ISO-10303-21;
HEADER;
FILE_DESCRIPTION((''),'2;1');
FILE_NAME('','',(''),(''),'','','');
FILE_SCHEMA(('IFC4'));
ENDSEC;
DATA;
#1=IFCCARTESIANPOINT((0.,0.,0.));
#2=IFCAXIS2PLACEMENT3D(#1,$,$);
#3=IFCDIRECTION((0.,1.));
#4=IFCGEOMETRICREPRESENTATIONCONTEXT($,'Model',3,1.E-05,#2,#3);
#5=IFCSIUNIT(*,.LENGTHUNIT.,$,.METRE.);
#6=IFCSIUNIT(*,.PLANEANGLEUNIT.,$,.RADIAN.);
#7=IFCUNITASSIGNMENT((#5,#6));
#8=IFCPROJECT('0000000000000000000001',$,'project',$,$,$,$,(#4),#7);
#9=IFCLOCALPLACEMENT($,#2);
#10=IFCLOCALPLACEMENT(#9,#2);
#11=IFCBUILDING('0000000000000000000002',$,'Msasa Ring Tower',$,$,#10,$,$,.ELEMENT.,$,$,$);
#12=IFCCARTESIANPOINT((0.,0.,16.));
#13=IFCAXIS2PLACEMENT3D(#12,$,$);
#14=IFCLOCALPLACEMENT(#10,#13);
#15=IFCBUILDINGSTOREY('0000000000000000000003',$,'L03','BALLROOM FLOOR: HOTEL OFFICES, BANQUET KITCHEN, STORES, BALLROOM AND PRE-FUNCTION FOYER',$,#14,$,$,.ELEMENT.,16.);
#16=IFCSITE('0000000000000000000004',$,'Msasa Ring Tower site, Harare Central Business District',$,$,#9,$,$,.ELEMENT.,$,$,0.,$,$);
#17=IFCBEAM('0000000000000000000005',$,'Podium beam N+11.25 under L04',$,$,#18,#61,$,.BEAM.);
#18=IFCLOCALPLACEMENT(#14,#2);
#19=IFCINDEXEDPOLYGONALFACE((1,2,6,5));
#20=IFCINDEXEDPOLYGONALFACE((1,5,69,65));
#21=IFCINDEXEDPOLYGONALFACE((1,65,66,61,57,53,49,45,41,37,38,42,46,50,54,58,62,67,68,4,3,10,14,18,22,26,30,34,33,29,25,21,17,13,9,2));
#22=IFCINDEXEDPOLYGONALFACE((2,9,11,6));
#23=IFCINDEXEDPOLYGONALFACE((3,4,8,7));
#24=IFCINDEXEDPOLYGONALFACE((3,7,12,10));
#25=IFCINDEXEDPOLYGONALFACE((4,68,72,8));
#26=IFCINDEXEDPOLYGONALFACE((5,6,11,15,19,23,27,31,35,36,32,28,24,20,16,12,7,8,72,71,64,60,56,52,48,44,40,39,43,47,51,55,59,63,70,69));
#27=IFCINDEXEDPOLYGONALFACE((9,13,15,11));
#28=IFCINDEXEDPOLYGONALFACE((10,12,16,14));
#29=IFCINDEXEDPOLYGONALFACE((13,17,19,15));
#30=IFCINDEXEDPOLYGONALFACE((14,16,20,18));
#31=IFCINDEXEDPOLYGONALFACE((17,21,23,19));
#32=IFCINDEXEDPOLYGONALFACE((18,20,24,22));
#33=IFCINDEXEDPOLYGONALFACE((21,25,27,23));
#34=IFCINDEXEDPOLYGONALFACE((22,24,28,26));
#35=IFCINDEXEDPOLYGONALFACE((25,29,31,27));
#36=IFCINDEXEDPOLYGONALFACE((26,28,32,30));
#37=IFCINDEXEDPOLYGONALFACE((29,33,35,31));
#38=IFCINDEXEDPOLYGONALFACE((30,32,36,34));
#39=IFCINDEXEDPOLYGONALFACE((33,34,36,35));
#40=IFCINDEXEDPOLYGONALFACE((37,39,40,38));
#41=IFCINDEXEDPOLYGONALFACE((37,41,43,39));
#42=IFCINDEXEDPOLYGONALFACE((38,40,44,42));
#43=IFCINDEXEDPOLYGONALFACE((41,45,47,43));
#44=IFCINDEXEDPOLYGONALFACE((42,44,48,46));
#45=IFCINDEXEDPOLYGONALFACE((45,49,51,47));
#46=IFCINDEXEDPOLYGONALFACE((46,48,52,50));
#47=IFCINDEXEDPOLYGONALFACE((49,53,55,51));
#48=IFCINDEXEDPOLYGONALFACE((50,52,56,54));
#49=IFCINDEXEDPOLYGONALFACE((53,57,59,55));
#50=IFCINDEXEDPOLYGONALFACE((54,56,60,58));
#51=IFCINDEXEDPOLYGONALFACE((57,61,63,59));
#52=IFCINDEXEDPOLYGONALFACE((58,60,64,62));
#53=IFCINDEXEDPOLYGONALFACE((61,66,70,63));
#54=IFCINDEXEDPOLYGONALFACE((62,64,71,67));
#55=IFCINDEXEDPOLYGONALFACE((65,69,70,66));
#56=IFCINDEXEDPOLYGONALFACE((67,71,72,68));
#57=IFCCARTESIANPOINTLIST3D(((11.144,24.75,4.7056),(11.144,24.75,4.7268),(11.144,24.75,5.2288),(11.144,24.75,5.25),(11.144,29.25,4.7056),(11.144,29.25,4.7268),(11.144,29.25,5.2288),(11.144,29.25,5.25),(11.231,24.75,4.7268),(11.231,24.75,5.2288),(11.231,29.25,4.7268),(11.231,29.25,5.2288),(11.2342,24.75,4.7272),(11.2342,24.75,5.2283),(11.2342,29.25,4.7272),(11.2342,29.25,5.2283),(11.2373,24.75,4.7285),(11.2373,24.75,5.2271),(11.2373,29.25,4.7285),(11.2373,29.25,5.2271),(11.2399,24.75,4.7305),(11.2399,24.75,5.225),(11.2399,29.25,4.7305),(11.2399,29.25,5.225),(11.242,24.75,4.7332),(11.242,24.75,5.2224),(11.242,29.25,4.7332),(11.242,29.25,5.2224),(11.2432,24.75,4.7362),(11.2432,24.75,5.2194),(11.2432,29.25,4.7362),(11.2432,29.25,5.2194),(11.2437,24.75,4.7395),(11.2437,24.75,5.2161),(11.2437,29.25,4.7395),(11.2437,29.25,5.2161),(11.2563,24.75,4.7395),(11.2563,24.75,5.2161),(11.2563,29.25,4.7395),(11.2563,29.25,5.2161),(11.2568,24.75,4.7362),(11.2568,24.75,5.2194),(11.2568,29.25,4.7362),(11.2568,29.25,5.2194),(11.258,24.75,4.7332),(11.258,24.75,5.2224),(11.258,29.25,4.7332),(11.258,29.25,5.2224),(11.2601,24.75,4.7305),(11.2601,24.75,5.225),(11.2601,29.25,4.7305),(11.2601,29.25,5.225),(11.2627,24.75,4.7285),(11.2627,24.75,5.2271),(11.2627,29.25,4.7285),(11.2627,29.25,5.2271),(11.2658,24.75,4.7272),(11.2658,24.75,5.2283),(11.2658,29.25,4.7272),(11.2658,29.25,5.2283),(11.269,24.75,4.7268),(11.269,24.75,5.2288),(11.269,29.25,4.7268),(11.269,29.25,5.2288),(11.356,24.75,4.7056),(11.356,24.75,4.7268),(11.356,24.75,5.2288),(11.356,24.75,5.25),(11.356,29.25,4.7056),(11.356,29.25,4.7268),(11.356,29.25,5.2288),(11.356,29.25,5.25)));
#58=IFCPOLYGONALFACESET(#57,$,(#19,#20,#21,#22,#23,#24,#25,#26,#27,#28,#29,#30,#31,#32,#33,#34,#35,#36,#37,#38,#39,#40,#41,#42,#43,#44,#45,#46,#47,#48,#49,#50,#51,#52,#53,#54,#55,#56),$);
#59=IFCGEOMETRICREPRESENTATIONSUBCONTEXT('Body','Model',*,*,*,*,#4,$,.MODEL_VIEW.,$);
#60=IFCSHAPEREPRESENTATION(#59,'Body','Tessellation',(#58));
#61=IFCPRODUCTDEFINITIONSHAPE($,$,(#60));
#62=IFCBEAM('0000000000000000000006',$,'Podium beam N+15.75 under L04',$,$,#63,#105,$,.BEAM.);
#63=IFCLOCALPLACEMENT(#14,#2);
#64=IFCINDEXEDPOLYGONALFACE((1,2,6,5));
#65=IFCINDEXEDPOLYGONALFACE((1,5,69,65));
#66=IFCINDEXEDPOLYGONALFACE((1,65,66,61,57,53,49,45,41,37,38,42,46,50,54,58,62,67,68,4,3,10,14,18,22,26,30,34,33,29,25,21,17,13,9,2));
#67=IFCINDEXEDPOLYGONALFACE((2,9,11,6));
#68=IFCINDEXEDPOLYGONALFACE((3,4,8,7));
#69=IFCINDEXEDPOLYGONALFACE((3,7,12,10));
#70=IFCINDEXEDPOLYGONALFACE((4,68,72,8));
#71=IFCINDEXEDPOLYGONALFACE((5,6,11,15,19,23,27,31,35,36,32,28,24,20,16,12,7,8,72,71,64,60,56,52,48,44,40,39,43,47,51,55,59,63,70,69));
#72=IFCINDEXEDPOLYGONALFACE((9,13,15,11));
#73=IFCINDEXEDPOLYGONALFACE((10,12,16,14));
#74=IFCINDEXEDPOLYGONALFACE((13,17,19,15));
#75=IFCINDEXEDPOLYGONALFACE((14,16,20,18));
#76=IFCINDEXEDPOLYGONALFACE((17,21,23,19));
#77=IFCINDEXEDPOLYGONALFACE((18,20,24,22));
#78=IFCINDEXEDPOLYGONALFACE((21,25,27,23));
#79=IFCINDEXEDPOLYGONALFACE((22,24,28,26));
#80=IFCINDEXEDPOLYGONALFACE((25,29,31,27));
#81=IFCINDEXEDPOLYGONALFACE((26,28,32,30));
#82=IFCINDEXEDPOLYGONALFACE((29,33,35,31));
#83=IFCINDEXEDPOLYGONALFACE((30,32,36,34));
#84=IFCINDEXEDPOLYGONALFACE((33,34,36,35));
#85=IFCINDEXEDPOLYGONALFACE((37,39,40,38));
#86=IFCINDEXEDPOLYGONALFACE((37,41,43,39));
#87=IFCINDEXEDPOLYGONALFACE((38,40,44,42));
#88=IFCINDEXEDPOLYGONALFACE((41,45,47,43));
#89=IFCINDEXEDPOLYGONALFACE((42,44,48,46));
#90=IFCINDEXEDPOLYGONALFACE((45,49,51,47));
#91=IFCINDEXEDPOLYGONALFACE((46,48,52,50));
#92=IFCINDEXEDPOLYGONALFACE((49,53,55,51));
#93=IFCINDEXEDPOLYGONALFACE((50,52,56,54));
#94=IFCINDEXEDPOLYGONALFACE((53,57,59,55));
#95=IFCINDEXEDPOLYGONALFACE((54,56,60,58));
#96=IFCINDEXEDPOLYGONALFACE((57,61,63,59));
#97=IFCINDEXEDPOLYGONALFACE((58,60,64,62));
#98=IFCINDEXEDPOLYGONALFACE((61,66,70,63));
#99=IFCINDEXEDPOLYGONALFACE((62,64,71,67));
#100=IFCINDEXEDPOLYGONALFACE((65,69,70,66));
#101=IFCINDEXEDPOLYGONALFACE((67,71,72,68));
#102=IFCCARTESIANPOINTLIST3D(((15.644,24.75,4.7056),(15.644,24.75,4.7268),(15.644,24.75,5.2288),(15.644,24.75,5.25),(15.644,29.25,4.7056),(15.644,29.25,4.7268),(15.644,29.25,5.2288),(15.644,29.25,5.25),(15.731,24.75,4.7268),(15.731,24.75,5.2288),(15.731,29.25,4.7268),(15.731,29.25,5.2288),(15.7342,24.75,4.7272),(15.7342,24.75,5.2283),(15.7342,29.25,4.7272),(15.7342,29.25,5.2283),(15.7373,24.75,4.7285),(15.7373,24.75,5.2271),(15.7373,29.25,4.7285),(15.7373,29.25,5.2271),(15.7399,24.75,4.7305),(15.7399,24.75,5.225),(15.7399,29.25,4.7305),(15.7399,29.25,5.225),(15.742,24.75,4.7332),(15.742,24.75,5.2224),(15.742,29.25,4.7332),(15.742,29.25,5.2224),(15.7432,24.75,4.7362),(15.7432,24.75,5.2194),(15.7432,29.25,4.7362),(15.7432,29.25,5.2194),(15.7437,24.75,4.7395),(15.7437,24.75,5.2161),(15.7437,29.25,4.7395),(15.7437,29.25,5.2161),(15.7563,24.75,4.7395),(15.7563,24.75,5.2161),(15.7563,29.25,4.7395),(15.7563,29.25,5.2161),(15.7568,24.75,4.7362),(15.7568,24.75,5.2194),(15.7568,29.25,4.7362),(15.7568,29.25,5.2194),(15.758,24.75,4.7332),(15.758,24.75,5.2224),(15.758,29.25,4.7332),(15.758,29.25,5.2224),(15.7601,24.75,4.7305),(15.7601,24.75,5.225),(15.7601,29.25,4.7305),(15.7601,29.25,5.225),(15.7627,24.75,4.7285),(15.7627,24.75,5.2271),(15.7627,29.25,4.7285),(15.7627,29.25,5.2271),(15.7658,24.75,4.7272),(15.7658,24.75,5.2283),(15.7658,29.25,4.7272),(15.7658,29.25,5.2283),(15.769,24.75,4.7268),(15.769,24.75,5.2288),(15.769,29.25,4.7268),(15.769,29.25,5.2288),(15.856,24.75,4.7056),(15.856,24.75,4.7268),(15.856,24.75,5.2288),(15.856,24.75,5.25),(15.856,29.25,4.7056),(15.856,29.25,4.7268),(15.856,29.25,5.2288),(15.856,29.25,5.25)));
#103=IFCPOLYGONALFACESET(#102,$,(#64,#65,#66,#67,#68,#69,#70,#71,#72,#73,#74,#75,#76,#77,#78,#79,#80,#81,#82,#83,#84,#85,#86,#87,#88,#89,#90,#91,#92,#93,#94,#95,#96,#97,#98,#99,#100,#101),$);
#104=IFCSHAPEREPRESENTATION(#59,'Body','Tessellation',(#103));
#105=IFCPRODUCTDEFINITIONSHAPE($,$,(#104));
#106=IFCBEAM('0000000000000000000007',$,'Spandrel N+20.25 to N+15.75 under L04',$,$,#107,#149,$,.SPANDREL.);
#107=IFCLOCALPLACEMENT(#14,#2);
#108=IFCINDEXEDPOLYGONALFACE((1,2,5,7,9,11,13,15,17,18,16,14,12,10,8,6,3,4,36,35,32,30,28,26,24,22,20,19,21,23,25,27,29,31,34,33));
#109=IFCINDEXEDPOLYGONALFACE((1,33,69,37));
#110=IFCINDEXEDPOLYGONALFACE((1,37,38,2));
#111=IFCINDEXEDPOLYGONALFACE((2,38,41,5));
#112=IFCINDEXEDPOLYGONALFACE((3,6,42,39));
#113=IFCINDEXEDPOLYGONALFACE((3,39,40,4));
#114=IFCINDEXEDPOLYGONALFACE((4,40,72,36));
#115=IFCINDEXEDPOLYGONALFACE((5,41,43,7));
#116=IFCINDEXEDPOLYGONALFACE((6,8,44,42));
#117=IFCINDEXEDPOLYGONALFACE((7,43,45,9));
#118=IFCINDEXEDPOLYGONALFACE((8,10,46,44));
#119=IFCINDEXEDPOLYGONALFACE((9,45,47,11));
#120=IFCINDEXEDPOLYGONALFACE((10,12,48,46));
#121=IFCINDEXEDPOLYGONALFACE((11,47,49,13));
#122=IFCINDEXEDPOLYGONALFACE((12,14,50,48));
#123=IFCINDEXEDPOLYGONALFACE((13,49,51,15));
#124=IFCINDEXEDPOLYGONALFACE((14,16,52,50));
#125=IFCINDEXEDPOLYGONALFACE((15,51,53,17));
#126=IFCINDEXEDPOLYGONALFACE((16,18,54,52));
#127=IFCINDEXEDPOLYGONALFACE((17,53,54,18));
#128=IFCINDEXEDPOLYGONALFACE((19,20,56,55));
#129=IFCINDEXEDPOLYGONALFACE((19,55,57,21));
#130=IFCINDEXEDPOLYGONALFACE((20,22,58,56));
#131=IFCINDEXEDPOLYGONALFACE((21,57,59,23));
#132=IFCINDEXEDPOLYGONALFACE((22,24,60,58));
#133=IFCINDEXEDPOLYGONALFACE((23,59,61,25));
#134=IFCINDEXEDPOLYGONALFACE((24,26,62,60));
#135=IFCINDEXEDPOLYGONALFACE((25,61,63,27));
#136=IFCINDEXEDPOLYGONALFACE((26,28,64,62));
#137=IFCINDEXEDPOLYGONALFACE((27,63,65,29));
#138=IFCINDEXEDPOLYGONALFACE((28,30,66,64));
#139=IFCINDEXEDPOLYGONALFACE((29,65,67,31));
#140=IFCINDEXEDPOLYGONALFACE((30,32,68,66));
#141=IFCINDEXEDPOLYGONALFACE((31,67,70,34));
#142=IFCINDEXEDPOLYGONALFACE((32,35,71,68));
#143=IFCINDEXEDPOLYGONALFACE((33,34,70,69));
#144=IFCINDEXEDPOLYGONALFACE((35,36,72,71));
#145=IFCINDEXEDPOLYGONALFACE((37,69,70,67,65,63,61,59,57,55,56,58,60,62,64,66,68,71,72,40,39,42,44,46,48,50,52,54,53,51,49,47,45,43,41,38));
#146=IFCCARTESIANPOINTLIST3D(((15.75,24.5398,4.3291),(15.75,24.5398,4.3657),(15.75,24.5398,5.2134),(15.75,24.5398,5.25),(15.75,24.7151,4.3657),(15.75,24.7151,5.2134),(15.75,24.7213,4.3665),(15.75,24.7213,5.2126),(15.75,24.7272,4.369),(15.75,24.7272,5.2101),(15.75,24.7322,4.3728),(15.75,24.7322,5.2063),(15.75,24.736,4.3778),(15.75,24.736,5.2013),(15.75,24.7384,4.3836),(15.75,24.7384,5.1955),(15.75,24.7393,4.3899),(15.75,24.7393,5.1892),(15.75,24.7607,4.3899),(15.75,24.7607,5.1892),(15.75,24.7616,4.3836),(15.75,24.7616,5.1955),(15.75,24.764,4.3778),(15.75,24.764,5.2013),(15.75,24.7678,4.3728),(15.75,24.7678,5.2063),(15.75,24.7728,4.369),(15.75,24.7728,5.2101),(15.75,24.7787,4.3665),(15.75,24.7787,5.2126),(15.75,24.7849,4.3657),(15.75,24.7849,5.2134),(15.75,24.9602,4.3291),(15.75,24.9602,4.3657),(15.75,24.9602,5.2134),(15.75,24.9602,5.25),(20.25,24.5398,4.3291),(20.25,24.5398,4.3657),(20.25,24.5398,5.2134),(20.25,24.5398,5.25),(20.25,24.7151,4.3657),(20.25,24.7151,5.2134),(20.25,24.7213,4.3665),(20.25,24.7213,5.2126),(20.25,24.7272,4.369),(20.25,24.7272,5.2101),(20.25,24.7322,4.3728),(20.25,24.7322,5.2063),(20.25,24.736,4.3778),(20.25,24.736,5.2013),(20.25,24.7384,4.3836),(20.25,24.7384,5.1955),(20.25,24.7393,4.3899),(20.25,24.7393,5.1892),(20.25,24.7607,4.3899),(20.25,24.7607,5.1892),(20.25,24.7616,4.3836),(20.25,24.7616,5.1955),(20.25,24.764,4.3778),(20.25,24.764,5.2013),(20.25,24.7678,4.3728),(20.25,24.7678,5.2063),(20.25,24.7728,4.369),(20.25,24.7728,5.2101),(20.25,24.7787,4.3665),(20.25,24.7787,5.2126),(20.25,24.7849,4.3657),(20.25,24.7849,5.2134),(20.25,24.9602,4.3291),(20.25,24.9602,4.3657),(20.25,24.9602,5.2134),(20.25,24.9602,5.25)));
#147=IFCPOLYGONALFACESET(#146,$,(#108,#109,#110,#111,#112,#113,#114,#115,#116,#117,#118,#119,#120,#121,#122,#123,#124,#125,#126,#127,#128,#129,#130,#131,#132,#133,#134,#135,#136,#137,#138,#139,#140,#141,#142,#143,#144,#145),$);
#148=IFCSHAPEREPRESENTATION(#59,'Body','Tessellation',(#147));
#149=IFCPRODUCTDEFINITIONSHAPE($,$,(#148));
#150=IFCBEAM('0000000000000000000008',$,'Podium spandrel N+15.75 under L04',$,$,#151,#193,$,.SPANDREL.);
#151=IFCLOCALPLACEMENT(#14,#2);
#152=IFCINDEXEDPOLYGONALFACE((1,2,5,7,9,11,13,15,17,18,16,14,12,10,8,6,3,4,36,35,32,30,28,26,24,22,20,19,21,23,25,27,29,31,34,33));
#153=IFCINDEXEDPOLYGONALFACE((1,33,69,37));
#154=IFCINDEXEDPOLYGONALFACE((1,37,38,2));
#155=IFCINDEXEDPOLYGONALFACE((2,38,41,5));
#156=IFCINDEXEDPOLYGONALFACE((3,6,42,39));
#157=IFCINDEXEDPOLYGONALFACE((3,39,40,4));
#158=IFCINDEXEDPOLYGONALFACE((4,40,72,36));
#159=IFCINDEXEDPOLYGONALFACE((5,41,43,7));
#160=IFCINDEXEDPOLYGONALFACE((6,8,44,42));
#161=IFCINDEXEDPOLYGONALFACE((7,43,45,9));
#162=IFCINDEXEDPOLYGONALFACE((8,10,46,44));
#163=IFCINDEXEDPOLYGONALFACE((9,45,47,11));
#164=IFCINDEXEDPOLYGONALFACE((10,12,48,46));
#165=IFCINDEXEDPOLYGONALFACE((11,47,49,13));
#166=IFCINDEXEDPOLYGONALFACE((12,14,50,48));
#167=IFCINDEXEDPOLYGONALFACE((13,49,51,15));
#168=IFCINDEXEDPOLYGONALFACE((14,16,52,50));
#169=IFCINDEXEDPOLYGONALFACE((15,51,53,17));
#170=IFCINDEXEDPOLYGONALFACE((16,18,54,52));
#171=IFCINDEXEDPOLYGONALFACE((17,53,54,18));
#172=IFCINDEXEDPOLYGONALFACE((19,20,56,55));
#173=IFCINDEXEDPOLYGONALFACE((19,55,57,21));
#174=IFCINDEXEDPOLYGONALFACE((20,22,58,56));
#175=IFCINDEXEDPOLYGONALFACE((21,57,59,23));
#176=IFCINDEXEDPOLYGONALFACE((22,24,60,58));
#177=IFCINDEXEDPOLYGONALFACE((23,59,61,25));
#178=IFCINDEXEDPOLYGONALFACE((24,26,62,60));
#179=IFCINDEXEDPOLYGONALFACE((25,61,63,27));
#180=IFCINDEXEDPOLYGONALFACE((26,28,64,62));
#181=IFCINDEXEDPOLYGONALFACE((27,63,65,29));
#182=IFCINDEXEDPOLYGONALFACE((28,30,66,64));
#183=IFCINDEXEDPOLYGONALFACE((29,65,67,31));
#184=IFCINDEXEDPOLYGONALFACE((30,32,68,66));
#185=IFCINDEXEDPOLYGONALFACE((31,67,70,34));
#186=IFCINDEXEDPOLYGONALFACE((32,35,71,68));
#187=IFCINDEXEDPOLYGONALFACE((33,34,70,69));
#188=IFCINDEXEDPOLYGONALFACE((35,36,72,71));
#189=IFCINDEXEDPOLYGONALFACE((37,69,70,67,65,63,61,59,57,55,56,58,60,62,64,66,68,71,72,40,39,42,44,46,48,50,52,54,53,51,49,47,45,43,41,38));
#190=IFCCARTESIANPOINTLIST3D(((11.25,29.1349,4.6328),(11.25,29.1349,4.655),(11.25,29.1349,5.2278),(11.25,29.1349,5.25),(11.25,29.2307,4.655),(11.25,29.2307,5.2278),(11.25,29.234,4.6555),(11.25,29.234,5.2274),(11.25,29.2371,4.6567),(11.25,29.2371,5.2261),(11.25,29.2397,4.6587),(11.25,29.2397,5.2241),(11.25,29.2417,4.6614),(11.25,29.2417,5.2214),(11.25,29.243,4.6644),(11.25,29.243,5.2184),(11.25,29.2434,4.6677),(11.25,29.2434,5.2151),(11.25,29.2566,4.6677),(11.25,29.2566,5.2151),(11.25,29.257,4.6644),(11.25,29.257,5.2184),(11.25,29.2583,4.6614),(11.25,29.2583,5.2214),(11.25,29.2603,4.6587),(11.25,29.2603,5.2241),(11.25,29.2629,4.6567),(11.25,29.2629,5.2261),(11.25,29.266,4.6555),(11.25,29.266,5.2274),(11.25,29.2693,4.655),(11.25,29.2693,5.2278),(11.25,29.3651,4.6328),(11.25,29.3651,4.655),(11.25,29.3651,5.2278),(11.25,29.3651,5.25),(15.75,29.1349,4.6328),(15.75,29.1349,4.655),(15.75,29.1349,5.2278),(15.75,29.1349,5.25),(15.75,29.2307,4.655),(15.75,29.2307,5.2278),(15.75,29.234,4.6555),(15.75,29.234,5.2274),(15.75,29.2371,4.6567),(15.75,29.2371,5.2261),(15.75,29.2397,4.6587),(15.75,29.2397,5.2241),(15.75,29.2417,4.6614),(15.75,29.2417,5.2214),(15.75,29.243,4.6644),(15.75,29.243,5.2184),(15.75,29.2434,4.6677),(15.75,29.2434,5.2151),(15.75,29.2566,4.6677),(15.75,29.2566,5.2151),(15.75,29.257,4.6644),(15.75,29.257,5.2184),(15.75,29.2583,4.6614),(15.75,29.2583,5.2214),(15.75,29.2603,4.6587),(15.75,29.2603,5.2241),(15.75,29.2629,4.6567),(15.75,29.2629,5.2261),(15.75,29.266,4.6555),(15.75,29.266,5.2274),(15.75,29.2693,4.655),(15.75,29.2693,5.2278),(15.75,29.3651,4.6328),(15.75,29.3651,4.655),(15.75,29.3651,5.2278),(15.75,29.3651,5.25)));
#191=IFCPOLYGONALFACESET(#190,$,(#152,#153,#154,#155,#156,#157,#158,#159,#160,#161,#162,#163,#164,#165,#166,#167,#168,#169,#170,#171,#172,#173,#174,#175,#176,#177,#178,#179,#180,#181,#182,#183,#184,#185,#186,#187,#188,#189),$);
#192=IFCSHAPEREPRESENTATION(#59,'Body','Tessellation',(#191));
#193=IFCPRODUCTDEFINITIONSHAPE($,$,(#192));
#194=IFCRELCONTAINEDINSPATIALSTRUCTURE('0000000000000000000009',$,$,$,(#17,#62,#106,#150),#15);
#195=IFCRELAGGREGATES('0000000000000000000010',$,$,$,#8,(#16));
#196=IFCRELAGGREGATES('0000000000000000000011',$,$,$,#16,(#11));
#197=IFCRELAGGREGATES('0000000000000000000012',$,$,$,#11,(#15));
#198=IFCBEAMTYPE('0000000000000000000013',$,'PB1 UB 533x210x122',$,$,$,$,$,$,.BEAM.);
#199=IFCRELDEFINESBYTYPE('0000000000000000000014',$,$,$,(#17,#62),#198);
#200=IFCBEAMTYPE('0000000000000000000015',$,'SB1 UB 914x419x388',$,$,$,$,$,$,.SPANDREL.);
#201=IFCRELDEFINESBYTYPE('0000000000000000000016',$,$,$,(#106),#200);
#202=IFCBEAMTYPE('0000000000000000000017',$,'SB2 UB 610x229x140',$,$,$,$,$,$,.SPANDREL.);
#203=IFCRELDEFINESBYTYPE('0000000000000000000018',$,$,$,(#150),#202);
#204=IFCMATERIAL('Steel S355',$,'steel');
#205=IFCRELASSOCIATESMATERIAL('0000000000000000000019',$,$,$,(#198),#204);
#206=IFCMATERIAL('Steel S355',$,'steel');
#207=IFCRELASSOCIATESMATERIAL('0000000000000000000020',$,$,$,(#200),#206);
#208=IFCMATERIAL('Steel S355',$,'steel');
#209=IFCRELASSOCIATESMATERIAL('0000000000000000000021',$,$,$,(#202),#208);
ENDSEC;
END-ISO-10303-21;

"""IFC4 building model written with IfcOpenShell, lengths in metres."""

from ifc_helpers import new_model, si_unit, direction, frame, origin, origin_2d, place, context, subcontext, project, spatial, i_section, extrude, material, material_profile, profile_set, type_object, element, save


model = new_model("IFC4")

# Units and contexts
model_context = context("Model", 3, precision=1e-05, world=origin(), true_north=direction((0.0, 1.0)))
body_context = subcontext(model_context, "Body", "Model", "MODEL_VIEW")
ifc_project = project(units=[si_unit("LENGTHUNIT", "METRE"), si_unit("PLANEANGLEUNIT", "RADIAN")], contexts=[model_context])

# Site, building, storey
site_placement = place(None, origin())
site = spatial("IfcSite", under=ifc_project, at=site_placement, Name="Msasa Ring Tower site, Harare Central Business District", CompositionType="ELEMENT", RefElevation=0.0)
building_placement = place(site_placement, origin())
building = spatial("IfcBuilding", under=site, at=building_placement, Name="Msasa Ring Tower", CompositionType="ELEMENT")
storey_placement = place(building_placement, frame((0.0, 0.0, 16.0)))
storey = spatial("IfcBuildingStorey", under=building, at=storey_placement, Name="L03", Description="BALLROOM FLOOR: HOTEL OFFICES, BANQUET KITCHEN, STORES, BALLROOM AND PRE-FUNCTION FOYER", CompositionType="ELEMENT", Elevation=16.0)

# Beams
ifc_material_1 = material(Name="Steel S355", Category="steel")
ifc_material_profile_1 = material_profile(ifc_material_1, i_section(OverallWidth=0.2119, OverallDepth=0.5444, WebThickness=0.0127, FlangeThickness=0.0212, FilletRadius=0.0127, at=origin_2d()), Name="UB 533x210x122")
ifc_profile_set_1 = profile_set([ifc_material_profile_1], Name="Steel S355")
beam_type_1 = type_object("IfcBeamType", Name="PB1 UB 533x210x122", PredefinedType="BEAM", material=ifc_profile_set_1)
for number, where, z_axis, x_axis, name in (
    (1, (11.25, 29.25, 4.9778), (0.0, -1.0, 0.0), (1.0, 0.0, 0.0), "Podium beam N+11.25 under L04"),
    (2, (15.75, 29.25, 4.9778), (0.0, -1.0, 0.0), (1.0, 0.0, 0.0), "Podium beam N+15.75 under L04"),
):
    element("IfcBeam", number, at=place(storey_placement, frame(where, z_axis=z_axis, x_axis=x_axis)), inside=storey, type_object=beam_type_1, Name=name, PredefinedType="BEAM", context=body_context, shape_type="SweptSolid", body=[
        extrude(i_section(OverallWidth=0.2119, OverallDepth=0.5444, WebThickness=0.0127, FlangeThickness=0.0212, FilletRadius=0.0127, at=origin_2d()), origin(), (0.0, 0.0, 1.0), 4.5),
    ])
ifc_material_2 = material(Name="Steel S355", Category="steel")
ifc_material_profile_2 = material_profile(ifc_material_2, i_section(OverallWidth=0.4204, OverallDepth=0.9209, WebThickness=0.0215, FlangeThickness=0.0366, FilletRadius=0.0242, at=origin_2d()), Name="UB 914x419x388")
ifc_profile_set_2 = profile_set([ifc_material_profile_2], Name="Steel S355")
beam_type_2 = type_object("IfcBeamType", Name="SB1 UB 914x419x388", PredefinedType="SPANDREL", material=ifc_profile_set_2)
beam_1_placement = place(storey_placement, frame((20.25, 24.75, 4.7896), z_axis=(-1.0, 0.0, 0.0), x_axis=(0.0, -1.0, 0.0)))
element("IfcBeam", 3, at=beam_1_placement, inside=storey, type_object=beam_type_2, Name="Spandrel N+20.25 to N+15.75 under L04", PredefinedType="SPANDREL", context=body_context, shape_type="SweptSolid", body=[
    extrude(i_section(OverallWidth=0.4204, OverallDepth=0.9209, WebThickness=0.0215, FlangeThickness=0.0366, FilletRadius=0.0242, at=origin_2d()), origin(), (0.0, 0.0, 1.0), 4.5),
])
ifc_material_3 = material(Name="Steel S355", Category="steel")
ifc_material_profile_3 = material_profile(ifc_material_3, i_section(OverallWidth=0.2302, OverallDepth=0.6172, WebThickness=0.0132, FlangeThickness=0.0222, FilletRadius=0.0127, at=origin_2d()), Name="UB 610x229x140")
ifc_profile_set_3 = profile_set([ifc_material_profile_3], Name="Steel S355")
beam_type_3 = type_object("IfcBeamType", Name="SB2 UB 610x229x140", PredefinedType="SPANDREL", material=ifc_profile_set_3)
for number, where, z_axis, x_axis, name in (
    (4, (15.75, 29.25, 4.9414), (-1.0, 0.0, 0.0), (0.0, -1.0, 0.0), "Podium spandrel N+15.75 under L04"),
):
    element("IfcBeam", number, at=place(storey_placement, frame(where, z_axis=z_axis, x_axis=x_axis)), inside=storey, type_object=beam_type_3, Name=name, PredefinedType="SPANDREL", context=body_context, shape_type="SweptSolid", body=[
        extrude(i_section(OverallWidth=0.2302, OverallDepth=0.6172, WebThickness=0.0132, FlangeThickness=0.0222, FilletRadius=0.0127, at=origin_2d()), origin(), (0.0, 0.0, 1.0), 4.5),
    ])

save(model, "model.ifc")
